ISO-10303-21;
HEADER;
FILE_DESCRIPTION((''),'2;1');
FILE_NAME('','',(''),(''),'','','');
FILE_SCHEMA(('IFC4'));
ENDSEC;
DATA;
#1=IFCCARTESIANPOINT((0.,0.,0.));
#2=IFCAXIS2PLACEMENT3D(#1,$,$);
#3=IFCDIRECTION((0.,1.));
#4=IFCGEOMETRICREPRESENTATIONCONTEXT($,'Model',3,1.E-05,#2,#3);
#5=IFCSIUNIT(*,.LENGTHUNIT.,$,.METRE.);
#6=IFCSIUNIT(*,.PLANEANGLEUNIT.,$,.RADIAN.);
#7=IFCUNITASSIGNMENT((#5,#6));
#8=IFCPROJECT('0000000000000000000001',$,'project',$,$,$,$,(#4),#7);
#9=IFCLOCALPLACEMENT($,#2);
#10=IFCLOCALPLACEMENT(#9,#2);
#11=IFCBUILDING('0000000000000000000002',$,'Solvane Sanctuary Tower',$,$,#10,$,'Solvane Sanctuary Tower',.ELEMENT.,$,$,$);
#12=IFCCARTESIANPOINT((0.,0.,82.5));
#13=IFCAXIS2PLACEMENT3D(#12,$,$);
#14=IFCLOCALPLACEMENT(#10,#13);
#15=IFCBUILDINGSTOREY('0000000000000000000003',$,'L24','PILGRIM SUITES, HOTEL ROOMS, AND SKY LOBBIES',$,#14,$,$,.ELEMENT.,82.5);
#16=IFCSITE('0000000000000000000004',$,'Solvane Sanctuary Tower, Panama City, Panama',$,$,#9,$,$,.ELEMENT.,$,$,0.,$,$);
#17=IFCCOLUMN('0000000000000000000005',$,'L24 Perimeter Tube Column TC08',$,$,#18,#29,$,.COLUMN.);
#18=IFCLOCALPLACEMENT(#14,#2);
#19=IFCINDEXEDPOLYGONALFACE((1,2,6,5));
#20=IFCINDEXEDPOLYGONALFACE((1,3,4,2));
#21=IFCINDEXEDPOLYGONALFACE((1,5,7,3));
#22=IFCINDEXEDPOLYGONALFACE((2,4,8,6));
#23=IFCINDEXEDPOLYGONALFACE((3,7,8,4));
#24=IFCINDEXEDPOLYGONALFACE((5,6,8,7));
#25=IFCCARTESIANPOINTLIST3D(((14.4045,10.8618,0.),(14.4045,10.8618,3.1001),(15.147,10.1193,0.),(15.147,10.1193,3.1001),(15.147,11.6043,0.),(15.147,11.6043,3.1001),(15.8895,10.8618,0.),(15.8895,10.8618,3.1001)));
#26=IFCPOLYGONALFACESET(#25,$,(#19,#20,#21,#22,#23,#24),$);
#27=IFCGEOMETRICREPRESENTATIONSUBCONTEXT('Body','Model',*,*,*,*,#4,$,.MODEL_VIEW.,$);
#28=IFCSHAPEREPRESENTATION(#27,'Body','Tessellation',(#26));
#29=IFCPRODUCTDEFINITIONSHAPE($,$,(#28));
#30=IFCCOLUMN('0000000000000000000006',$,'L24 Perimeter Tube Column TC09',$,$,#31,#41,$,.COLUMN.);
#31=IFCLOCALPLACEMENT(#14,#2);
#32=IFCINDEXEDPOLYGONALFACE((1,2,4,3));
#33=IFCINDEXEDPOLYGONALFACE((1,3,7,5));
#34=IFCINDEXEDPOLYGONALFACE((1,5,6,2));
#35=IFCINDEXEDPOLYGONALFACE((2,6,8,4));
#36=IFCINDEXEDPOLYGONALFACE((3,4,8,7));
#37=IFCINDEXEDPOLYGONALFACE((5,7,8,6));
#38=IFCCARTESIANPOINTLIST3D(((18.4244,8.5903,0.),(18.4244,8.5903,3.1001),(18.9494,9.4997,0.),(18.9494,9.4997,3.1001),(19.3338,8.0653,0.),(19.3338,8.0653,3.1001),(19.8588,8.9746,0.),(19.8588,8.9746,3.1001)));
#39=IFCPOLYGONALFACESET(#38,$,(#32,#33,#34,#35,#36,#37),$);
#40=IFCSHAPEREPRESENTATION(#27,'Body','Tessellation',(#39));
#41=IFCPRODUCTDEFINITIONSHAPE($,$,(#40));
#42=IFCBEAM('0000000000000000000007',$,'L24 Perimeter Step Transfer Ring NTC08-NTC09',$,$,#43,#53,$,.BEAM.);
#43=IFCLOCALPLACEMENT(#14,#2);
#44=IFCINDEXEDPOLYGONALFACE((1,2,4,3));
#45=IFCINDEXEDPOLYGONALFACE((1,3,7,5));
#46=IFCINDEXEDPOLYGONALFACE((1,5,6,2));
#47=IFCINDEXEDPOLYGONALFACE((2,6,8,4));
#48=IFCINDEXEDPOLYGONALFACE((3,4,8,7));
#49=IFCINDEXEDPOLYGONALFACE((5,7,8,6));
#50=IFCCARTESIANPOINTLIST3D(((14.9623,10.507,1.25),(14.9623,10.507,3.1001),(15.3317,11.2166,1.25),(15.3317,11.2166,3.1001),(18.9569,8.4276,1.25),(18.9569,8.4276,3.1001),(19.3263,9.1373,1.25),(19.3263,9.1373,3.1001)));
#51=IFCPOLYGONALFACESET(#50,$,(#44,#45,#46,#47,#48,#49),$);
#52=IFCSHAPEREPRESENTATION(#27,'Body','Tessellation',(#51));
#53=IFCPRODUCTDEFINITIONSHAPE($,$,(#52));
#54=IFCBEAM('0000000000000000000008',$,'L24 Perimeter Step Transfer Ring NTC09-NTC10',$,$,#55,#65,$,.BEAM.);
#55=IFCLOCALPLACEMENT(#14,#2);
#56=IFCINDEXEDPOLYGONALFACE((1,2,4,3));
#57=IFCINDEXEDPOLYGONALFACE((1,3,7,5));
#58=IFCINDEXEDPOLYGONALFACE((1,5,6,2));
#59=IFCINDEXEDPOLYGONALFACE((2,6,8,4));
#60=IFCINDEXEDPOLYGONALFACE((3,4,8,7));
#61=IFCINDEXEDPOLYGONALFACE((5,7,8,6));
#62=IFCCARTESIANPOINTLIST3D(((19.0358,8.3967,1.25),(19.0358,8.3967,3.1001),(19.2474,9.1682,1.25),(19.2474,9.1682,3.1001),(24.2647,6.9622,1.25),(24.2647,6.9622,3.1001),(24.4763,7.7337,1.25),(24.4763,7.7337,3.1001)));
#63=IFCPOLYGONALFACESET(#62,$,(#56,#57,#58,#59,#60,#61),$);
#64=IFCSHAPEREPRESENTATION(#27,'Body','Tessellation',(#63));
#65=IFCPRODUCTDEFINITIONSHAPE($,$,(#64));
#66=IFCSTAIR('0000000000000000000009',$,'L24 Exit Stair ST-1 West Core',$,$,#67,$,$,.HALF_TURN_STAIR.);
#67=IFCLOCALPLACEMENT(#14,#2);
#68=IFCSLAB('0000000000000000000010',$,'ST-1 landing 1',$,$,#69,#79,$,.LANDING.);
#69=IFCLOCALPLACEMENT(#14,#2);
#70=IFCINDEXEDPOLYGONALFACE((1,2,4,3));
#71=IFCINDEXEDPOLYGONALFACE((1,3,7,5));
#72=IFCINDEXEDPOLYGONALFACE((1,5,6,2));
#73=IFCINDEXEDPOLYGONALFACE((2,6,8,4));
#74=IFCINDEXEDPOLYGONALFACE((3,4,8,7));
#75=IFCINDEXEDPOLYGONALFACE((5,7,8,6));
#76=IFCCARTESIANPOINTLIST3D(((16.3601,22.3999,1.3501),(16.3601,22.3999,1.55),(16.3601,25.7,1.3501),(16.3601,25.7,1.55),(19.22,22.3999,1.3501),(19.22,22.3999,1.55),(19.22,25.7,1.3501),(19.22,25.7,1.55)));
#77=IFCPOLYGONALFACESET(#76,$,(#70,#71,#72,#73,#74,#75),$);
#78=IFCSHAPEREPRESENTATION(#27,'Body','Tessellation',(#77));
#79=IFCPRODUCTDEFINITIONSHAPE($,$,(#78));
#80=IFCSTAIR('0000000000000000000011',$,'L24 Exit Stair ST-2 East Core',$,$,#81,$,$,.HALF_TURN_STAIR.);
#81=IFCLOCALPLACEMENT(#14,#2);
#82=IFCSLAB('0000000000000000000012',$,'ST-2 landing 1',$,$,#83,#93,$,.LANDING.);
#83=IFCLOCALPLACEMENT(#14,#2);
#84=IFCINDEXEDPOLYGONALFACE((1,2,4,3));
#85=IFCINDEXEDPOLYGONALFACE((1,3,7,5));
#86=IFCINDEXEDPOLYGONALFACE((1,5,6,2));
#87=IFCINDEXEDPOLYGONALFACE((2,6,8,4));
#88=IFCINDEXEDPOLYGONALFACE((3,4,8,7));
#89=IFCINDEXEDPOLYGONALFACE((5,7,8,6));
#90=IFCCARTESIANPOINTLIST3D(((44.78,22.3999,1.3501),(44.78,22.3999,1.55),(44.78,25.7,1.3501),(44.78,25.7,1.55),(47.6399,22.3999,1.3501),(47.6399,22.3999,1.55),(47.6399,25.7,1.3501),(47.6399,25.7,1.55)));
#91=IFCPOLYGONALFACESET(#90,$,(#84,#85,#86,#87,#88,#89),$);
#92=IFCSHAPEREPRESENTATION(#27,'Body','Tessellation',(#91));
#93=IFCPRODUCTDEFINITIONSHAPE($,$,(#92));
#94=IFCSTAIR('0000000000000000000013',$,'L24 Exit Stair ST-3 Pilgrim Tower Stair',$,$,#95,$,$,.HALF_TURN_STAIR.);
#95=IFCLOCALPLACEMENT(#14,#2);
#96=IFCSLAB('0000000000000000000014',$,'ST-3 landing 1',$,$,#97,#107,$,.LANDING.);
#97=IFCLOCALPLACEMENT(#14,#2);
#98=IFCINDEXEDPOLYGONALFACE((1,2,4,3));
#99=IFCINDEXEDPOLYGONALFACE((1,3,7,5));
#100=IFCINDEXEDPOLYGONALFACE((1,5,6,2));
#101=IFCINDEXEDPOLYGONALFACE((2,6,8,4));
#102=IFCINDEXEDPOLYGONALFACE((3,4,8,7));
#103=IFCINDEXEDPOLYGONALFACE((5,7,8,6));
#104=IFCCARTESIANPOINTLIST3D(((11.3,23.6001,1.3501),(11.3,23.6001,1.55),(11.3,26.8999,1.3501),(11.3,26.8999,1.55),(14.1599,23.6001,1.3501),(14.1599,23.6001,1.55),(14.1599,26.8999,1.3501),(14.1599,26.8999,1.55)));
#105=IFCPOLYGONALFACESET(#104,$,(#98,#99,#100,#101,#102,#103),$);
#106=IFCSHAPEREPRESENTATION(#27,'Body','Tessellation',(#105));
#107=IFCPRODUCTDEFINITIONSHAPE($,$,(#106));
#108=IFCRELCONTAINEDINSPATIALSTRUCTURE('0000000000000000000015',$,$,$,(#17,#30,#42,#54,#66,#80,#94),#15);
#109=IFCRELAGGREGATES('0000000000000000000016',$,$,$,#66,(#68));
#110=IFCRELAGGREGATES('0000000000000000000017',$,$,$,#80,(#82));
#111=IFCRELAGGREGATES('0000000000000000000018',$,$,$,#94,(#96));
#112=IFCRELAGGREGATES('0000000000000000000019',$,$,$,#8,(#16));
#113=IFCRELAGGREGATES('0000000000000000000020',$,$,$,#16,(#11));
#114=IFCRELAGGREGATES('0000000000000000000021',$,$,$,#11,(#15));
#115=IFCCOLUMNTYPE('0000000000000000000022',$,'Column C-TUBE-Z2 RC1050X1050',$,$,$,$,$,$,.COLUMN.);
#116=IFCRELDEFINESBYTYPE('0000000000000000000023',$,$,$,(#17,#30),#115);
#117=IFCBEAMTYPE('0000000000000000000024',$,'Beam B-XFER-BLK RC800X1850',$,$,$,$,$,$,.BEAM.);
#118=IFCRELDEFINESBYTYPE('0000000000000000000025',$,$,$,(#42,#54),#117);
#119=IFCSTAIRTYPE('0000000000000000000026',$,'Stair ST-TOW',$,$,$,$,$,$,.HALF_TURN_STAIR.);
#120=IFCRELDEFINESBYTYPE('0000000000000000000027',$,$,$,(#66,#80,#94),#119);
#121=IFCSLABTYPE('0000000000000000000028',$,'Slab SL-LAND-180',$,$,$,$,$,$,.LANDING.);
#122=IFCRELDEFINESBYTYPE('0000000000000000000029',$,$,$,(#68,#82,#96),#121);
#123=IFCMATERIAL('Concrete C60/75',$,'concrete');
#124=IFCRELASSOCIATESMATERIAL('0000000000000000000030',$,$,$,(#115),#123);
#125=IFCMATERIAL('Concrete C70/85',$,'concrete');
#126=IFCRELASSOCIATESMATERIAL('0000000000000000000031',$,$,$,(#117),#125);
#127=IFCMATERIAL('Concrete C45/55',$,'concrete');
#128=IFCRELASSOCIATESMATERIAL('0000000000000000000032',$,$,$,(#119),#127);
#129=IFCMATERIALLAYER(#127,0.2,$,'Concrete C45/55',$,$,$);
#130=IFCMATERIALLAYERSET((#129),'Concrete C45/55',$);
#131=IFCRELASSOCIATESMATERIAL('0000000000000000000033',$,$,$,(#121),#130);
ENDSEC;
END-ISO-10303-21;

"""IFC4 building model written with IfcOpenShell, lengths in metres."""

from ifc_helpers import new_model, si_unit, direction, frame, origin, origin_2d, place, context, subcontext, project, spatial, polyline, rectangle, outline, extrude, material, layer, layer_set, material_profile, profile_set, type_object, element, aggregate, save


model = new_model("IFC4")

# Units and contexts
model_context = context("Model", 3, precision=1e-05, world=origin(), true_north=direction((0.0, 1.0)))
body_context = subcontext(model_context, "Body", "Model", "MODEL_VIEW")
ifc_project = project(units=[si_unit("LENGTHUNIT", "METRE"), si_unit("PLANEANGLEUNIT", "RADIAN")], contexts=[model_context])

# Site, building, storey
site_placement = place(None, origin())
site = spatial("IfcSite", under=ifc_project, at=site_placement, Name="Solvane Sanctuary Tower, Panama City, Panama", CompositionType="ELEMENT", RefElevation=0.0)
building_placement = place(site_placement, origin())
building = spatial("IfcBuilding", under=site, at=building_placement, Name="Solvane Sanctuary Tower", LongName="Solvane Sanctuary Tower", CompositionType="ELEMENT")
storey_placement = place(building_placement, frame((0.0, 0.0, 82.5)))
storey = spatial("IfcBuildingStorey", under=building, at=storey_placement, Name="L24", Description="PILGRIM SUITES, HOTEL ROOMS, AND SKY LOBBIES", CompositionType="ELEMENT", Elevation=82.5)

# Columns
ifc_material_1 = material(Name="Concrete C60/75", Category="concrete")
ifc_material_profile_1 = material_profile(ifc_material_1, rectangle(XDim=1.05, YDim=1.05, at=origin_2d()), Name="RC1050X1050")
ifc_profile_set_1 = profile_set([ifc_material_profile_1], Name="Concrete C60/75")
column_type = type_object("IfcColumnType", Name="Column C-TUBE-Z2 RC1050X1050", PredefinedType="COLUMN", material=ifc_profile_set_1)
for number, where, z_axis, x_axis, name in (
    (1, (15.147, 10.8618, 0.0), (0.0, 0.0, 1.0), (-0.707107, -0.707107, 0.0), "L24 Perimeter Tube Column TC08"),
    (2, (19.1416, 8.7825, 0.0), (0.0, 0.0, 1.0), (-0.5, -0.866025, 0.0), "L24 Perimeter Tube Column TC09"),
):
    element("IfcColumn", number, at=place(storey_placement, frame(where, z_axis=z_axis, x_axis=x_axis)), inside=storey, type_object=column_type, Name=name, PredefinedType="COLUMN", context=body_context, shape_type="SweptSolid", body=[
        extrude(rectangle(XDim=1.05, YDim=1.05, at=origin_2d()), origin(), (0.0, 0.0, 1.0), 3.1001),
    ])

# Beams
ifc_material_2 = material(Name="Concrete C70/85", Category="concrete")
ifc_material_profile_2 = material_profile(ifc_material_2, rectangle(XDim=0.8, YDim=1.8501, at=origin_2d()), Name="RC800X1850")
ifc_profile_set_2 = profile_set([ifc_material_profile_2], Name="Concrete C70/85")
beam_type = type_object("IfcBeamType", Name="Beam B-XFER-BLK RC800X1850", PredefinedType="BEAM", material=ifc_profile_set_2)
beam_1_placement = place(storey_placement, frame((15.147, 10.8618, 2.175), z_axis=(0.887022, -0.461727, 0.0), x_axis=(0.461727, 0.887022, 0.0)))
element("IfcBeam", 3, at=beam_1_placement, inside=storey, type_object=beam_type, Name="L24 Perimeter Step Transfer Ring NTC08-NTC09", PredefinedType="BEAM", context=body_context, shape_type="SweptSolid", body=[
    extrude(rectangle(XDim=0.8, YDim=1.8501, at=origin_2d()), origin(), (0.0, 0.0, 1.0), 4.5034),
])
beam_2_placement = place(storey_placement, frame((19.1416, 8.7825, 2.175), z_axis=(0.964366, -0.264572, 0.0), x_axis=(0.264572, 0.964366, 0.0)))
element("IfcBeam", 4, at=beam_2_placement, inside=storey, type_object=beam_type, Name="L24 Perimeter Step Transfer Ring NTC09-NTC10", PredefinedType="BEAM", context=body_context, shape_type="SweptSolid", body=[
    extrude(rectangle(XDim=0.8, YDim=1.8501, at=origin_2d()), origin(), (0.0, 0.0, 1.0), 5.4221),
])

# Stairs, slabs
ifc_material_3 = material(Name="Concrete C45/55", Category="concrete")
stair_type = type_object("IfcStairType", Name="Stair ST-TOW", PredefinedType="HALF_TURN_STAIR", material=ifc_material_3)
stair_1_placement = place(storey_placement, origin())
stair_1 = element("IfcStair", 5, at=stair_1_placement, inside=storey, type_object=stair_type, Name="L24 Exit Stair ST-1 West Core", PredefinedType="HALF_TURN_STAIR")
ifc_layer_1 = layer(ifc_material_3, 0.2, Name="Concrete C45/55")
ifc_layer_set_1 = layer_set([ifc_layer_1], Name="Concrete C45/55")
slab_type_1 = type_object("IfcSlabType", Name="Slab SL-LAND-180", PredefinedType="LANDING", material=ifc_layer_set_1)
slab_1_placement = place(storey_placement, frame((0.0, 0.0, 1.3501)))
slab_1 = element("IfcSlab", 6, at=slab_1_placement, type_object=slab_type_1, Name="ST-1 landing 1", PredefinedType="LANDING", context=body_context, shape_type="SweptSolid", body=[
    extrude(outline(polyline([(19.22, 22.3999), (19.22, 25.7), (16.3601, 25.7), (16.3601, 22.3999), (19.22, 22.3999)])), origin(), (0.0, 0.0, 1.0), 0.2),
])
aggregate(stair_1, [slab_1])
stair_2_placement = place(storey_placement, origin())
stair_2 = element("IfcStair", 7, at=stair_2_placement, inside=storey, type_object=stair_type, Name="L24 Exit Stair ST-2 East Core", PredefinedType="HALF_TURN_STAIR")
slab_2_placement = place(storey_placement, frame((0.0, 0.0, 1.3501)))
slab_2 = element("IfcSlab", 8, at=slab_2_placement, type_object=slab_type_1, Name="ST-2 landing 1", PredefinedType="LANDING", context=body_context, shape_type="SweptSolid", body=[
    extrude(outline(polyline([(47.6399, 22.3999), (47.6399, 25.7), (44.78, 25.7), (44.78, 22.3999), (47.6399, 22.3999)])), origin(), (0.0, 0.0, 1.0), 0.2),
])
aggregate(stair_2, [slab_2])
stair_3_placement = place(storey_placement, origin())
stair_3 = element("IfcStair", 9, at=stair_3_placement, inside=storey, type_object=stair_type, Name="L24 Exit Stair ST-3 Pilgrim Tower Stair", PredefinedType="HALF_TURN_STAIR")
slab_3_placement = place(storey_placement, frame((0.0, 0.0, 1.3501)))
slab_3 = element("IfcSlab", 10, at=slab_3_placement, type_object=slab_type_1, Name="ST-3 landing 1", PredefinedType="LANDING", context=body_context, shape_type="SweptSolid", body=[
    extrude(outline(polyline([(14.1599, 23.6001), (14.1599, 26.8999), (11.3, 26.8999), (11.3, 23.6001), (14.1599, 23.6001)])), origin(), (0.0, 0.0, 1.0), 0.2),
])
aggregate(stair_3, [slab_3])

save(model, "model.ifc")
